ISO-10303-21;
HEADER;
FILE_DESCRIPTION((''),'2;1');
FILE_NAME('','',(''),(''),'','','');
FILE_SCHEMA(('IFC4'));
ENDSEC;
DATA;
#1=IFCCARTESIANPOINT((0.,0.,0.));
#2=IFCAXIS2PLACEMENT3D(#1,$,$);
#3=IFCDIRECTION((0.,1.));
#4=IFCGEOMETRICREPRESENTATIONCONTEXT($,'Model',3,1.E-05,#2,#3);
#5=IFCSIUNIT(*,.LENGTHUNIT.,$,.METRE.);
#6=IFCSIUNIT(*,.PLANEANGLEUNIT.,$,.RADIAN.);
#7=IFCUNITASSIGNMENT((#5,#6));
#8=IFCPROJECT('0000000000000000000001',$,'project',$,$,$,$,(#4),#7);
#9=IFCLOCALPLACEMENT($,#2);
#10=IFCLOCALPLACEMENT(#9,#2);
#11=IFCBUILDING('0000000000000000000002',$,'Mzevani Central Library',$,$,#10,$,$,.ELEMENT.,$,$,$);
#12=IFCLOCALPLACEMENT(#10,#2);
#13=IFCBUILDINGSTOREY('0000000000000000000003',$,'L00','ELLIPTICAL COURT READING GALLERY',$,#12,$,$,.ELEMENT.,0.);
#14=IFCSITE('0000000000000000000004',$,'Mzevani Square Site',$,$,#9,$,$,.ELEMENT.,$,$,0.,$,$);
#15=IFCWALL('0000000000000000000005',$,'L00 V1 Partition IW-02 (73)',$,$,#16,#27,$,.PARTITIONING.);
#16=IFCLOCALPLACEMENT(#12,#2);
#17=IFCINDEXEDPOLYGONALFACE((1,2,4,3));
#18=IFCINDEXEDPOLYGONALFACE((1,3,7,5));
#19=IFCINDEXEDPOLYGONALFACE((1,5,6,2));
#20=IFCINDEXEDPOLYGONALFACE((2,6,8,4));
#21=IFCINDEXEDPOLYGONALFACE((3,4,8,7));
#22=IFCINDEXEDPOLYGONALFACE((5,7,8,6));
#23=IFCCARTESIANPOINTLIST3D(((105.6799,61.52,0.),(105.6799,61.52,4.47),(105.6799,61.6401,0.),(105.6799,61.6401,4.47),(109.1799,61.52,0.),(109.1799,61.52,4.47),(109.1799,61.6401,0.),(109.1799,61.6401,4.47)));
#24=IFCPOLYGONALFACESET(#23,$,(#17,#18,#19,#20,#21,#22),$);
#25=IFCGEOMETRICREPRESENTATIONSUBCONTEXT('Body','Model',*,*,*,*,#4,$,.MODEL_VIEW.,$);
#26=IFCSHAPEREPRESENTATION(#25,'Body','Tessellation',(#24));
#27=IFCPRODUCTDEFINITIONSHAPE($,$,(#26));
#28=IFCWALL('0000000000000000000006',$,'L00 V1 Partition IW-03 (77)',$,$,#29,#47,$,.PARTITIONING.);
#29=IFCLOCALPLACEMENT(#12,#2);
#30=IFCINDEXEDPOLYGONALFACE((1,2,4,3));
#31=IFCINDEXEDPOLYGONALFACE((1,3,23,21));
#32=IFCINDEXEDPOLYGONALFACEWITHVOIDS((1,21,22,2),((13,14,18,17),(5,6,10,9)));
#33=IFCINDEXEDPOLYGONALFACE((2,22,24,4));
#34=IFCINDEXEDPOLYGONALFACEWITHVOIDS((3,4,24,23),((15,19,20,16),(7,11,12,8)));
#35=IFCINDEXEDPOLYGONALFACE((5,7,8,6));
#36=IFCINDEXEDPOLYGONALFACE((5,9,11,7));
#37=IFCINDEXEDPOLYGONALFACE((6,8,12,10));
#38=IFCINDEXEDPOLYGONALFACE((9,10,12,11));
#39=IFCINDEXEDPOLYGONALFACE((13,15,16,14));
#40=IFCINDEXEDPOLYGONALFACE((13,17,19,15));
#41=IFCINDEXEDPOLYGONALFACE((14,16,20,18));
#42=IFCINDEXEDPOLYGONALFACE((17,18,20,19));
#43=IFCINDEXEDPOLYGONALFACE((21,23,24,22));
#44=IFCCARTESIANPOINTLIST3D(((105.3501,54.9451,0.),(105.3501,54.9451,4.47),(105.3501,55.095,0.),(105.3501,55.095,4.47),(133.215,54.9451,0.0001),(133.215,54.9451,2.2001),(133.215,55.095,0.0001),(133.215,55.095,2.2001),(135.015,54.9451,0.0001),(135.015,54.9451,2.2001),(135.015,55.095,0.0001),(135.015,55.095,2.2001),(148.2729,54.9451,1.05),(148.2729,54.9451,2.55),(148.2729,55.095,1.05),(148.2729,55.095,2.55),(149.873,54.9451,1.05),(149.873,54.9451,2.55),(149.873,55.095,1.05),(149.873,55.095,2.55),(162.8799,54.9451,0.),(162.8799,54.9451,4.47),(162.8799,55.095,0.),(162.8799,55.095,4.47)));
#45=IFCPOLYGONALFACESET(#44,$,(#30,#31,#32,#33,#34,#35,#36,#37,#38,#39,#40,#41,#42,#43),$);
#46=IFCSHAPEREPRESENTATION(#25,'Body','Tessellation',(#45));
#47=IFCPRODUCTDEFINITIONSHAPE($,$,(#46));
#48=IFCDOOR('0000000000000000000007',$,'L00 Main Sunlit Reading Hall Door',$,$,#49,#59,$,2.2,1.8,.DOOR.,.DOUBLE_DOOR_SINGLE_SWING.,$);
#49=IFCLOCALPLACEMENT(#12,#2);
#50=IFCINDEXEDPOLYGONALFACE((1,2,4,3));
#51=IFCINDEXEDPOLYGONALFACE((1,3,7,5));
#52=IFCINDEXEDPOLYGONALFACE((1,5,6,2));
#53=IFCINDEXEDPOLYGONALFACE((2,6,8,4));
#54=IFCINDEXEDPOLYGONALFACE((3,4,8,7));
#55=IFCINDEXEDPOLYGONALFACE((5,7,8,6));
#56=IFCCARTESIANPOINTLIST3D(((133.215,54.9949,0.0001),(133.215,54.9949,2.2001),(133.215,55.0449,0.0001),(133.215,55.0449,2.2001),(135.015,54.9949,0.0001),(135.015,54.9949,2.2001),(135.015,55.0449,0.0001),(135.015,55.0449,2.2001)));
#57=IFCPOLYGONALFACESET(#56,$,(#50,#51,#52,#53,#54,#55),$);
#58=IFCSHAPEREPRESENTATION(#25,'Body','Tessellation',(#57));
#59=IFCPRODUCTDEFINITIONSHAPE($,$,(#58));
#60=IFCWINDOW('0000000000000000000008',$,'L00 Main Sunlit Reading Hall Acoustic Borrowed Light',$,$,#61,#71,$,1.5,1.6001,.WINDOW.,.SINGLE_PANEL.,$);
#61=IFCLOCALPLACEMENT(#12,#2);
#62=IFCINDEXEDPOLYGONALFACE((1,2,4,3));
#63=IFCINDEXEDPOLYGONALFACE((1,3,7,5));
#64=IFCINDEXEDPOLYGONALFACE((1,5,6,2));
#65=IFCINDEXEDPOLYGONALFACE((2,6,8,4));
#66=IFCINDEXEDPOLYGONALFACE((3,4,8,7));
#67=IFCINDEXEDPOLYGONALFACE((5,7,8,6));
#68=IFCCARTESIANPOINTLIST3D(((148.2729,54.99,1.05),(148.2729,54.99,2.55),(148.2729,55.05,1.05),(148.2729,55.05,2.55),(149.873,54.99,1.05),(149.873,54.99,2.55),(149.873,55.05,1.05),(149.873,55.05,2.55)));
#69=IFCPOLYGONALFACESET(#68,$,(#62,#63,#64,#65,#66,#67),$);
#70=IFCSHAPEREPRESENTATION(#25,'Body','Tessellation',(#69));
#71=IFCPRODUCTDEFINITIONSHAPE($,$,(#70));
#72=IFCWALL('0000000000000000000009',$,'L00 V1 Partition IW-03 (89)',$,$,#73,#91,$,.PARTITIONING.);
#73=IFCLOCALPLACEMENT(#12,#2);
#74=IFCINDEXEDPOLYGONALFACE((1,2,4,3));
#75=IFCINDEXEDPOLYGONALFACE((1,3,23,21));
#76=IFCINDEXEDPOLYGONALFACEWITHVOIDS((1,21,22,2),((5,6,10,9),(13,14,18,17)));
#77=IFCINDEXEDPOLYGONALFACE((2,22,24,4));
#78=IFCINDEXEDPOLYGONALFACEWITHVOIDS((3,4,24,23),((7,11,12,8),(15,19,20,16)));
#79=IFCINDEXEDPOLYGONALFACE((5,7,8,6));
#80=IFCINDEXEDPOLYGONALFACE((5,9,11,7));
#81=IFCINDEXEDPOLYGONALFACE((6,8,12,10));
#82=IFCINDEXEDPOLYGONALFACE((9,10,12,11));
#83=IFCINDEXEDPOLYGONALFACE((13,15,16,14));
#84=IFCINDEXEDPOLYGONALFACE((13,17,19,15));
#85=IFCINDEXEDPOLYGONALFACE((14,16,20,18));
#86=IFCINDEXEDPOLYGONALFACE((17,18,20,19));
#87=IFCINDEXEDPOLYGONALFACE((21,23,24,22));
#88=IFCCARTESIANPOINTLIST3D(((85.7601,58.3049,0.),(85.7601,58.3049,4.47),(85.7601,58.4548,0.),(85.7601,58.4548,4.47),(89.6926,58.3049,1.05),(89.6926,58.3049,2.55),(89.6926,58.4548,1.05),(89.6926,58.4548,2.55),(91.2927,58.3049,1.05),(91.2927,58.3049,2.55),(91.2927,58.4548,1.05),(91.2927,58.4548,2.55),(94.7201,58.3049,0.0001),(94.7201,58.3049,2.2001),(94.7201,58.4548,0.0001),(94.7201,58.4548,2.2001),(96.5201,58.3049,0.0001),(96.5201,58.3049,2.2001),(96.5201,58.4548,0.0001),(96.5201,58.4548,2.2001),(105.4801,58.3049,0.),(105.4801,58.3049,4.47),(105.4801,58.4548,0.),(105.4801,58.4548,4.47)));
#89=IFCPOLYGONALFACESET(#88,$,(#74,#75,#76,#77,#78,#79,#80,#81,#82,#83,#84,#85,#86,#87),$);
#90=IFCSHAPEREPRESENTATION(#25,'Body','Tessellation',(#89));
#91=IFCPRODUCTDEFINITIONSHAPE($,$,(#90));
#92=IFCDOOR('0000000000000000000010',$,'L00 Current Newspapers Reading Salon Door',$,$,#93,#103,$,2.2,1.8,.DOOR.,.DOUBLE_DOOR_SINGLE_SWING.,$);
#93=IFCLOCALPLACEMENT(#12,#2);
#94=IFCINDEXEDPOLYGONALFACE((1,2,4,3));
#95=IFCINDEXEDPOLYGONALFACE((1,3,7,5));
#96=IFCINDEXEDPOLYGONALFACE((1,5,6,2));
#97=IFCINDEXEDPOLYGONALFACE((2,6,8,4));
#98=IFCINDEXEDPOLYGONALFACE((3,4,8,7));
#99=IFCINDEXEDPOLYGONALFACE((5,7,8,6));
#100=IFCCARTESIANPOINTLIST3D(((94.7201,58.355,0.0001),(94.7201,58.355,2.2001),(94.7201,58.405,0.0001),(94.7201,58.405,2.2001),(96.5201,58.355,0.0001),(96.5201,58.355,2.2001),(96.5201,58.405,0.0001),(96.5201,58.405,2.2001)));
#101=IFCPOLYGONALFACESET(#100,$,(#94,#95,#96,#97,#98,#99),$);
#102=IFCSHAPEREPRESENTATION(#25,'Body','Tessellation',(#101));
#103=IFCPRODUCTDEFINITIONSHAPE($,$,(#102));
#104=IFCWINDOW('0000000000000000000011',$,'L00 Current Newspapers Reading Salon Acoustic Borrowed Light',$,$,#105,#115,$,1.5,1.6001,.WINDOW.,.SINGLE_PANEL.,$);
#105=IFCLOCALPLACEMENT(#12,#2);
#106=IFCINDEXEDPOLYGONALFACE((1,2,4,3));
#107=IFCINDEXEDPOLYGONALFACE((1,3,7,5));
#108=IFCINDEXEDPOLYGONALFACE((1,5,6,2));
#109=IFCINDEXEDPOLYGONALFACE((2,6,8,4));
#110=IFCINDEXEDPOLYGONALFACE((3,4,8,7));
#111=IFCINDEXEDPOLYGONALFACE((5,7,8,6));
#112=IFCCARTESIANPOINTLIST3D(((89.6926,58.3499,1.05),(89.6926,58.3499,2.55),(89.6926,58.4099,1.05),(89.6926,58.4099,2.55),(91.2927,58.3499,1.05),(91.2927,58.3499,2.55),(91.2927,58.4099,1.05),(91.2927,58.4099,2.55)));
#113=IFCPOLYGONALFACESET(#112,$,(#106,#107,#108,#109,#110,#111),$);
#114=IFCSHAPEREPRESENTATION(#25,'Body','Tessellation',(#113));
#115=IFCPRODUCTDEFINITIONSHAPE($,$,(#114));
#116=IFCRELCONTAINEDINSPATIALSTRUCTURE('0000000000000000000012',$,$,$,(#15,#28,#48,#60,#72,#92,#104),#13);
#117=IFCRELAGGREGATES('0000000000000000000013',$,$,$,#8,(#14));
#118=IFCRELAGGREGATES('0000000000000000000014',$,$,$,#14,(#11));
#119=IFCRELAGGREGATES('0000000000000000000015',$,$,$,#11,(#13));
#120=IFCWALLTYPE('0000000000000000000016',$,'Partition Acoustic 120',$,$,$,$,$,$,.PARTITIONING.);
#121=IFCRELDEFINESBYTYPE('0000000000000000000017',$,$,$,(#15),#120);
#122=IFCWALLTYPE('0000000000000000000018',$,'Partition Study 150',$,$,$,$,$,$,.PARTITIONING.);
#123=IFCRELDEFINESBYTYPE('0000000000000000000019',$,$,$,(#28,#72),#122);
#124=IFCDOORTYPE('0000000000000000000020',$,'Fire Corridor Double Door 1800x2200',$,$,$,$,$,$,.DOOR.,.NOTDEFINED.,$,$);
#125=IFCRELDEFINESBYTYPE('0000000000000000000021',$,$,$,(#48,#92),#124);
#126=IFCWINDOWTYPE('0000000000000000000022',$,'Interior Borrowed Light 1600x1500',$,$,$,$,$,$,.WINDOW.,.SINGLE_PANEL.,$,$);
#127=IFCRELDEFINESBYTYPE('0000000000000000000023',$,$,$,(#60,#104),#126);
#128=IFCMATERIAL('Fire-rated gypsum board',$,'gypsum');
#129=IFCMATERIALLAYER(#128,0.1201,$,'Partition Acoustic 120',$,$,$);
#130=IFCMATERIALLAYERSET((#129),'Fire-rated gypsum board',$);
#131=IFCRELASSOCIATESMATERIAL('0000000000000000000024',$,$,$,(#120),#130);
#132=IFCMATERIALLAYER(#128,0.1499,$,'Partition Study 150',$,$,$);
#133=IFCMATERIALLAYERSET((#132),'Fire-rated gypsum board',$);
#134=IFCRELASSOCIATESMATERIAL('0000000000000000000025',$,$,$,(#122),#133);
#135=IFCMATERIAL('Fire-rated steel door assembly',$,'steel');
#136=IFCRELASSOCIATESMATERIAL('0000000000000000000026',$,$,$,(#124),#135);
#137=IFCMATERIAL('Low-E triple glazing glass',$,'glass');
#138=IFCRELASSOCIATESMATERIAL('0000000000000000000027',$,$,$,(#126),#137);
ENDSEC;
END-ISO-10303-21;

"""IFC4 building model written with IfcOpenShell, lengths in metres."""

from ifc_helpers import new_model, si_unit, direction, frame, frame_2d, origin, place, context, subcontext, project, spatial, rectangle, extrude, material, layer, layer_set, type_object, element, fill, save


model = new_model("IFC4")

# Units and contexts
model_context = context("Model", 3, precision=1e-05, world=origin(), true_north=direction((0.0, 1.0)))
body_context = subcontext(model_context, "Body", "Model", "MODEL_VIEW")
ifc_project = project(units=[si_unit("LENGTHUNIT", "METRE"), si_unit("PLANEANGLEUNIT", "RADIAN")], contexts=[model_context])

# Site, building, storey
site_placement = place(None, origin())
site = spatial("IfcSite", under=ifc_project, at=site_placement, Name="Mzevani Square Site", CompositionType="ELEMENT", RefElevation=0.0)
building_placement = place(site_placement, origin())
building = spatial("IfcBuilding", under=site, at=building_placement, Name="Mzevani Central Library", CompositionType="ELEMENT")
storey_placement = place(building_placement, origin())
storey = spatial("IfcBuildingStorey", under=building, at=storey_placement, Name="L00", Description="ELLIPTICAL COURT READING GALLERY", CompositionType="ELEMENT", Elevation=0.0)

# Shared definitions
ifc_material_1 = material(Name="Low-E triple glazing glass", Category="glass")

# Wall
ifc_material_2 = material(Name="Fire-rated gypsum board", Category="gypsum")
ifc_layer_1 = layer(ifc_material_2, 0.1201, Name="Partition Acoustic 120")
ifc_layer_set_1 = layer_set([ifc_layer_1], Name="Fire-rated gypsum board")
wall_type_1 = type_object("IfcWallType", Name="Partition Acoustic 120", PredefinedType="PARTITIONING", material=ifc_layer_set_1)
wall_1_placement = place(storey_placement, frame((105.6799, 61.5801, 0.0), z_axis=(0.0, 0.0, 1.0), x_axis=(1.0, 0.0, 0.0)))
element("IfcWall", 1, at=wall_1_placement, inside=storey, type_object=wall_type_1, Name="L00 V1 Partition IW-02 (73)", PredefinedType="PARTITIONING", context=body_context, shape_type="SweptSolid", body=[
    extrude(rectangle(XDim=3.5, YDim=0.1201, at=frame_2d((1.75, 0.0))), origin(), (0.0, 0.0, 1.0), 4.47),
])

# Walls, openings, doors, windows
ifc_layer_2 = layer(ifc_material_2, 0.1499, Name="Partition Study 150")
ifc_layer_set_2 = layer_set([ifc_layer_2], Name="Fire-rated gypsum board")
wall_type_2 = type_object("IfcWallType", Name="Partition Study 150", PredefinedType="PARTITIONING", material=ifc_layer_set_2)
wall_2_placement = place(storey_placement, frame((105.3501, 55.02, 0.0), z_axis=(0.0, 0.0, 1.0), x_axis=(1.0, 0.0, 0.0)))
wall_2 = element("IfcWall", 2, at=wall_2_placement, inside=storey, type_object=wall_type_2, Name="L00 V1 Partition IW-03 (77)", PredefinedType="PARTITIONING", context=body_context, shape_type="SweptSolid", body=[
    extrude(rectangle(XDim=57.5298, YDim=0.1499, at=frame_2d((28.7649, 0.0))), origin(), (0.0, 0.0, 1.0), 4.47),
])
opening_1_placement = place(wall_2_placement, frame((27.865, 0.0, 0.0)))
opening_1 = element("IfcOpeningElement", 3, at=opening_1_placement, cuts=wall_2, PredefinedType="OPENING", context=body_context, shape_type="SweptSolid", body=[
    extrude(rectangle(XDim=1.8, YDim=2.2, at=frame_2d((0.8999, 1.1001))), frame((0.0, 0.085, 0.0), z_axis=(0.0, -1.0, 0.0), x_axis=(1.0, 0.0, 0.0)), (0.0, 0.0, 1.0), 0.1699),
])
opening_2_placement = place(wall_2_placement, frame((42.9229, 0.0, 1.05)))
opening_2 = element("IfcOpeningElement", 4, at=opening_2_placement, cuts=wall_2, PredefinedType="OPENING", context=body_context, shape_type="SweptSolid", body=[
    extrude(rectangle(XDim=1.6001, YDim=1.5, at=frame_2d((0.8, 0.75))), frame((0.0, 0.085, 0.0), z_axis=(0.0, -1.0, 0.0), x_axis=(1.0, 0.0, 0.0)), (0.0, 0.0, 1.0), 0.1699),
])
ifc_material_3 = material(Name="Fire-rated steel door assembly", Category="steel")
door_type = type_object("IfcDoorType", Name="Fire Corridor Double Door 1800x2200", OperationType="NOTDEFINED", PredefinedType="DOOR", material=ifc_material_3)
door_1_placement = place(opening_1_placement, origin())
door_1 = element("IfcDoor", 5, at=door_1_placement, inside=storey, type_object=door_type, Name="L00 Main Sunlit Reading Hall Door", OperationType="DOUBLE_DOOR_SINGLE_SWING", OverallHeight=2.2, OverallWidth=1.8, PredefinedType="DOOR", context=body_context, shape_type="SweptSolid", body=[
    extrude(rectangle(XDim=1.8, YDim=2.2, at=frame_2d((0.8999, 1.1001))), frame((0.0, 0.0249, 0.0), z_axis=(0.0, -1.0, 0.0), x_axis=(1.0, 0.0, 0.0)), (0.0, 0.0, 1.0), 0.05),
])
fill(opening_1, door_1)
window_type = type_object("IfcWindowType", Name="Interior Borrowed Light 1600x1500", PartitioningType="SINGLE_PANEL", PredefinedType="WINDOW", material=ifc_material_1)
window_1_placement = place(opening_2_placement, origin())
window_1 = element("IfcWindow", 6, at=window_1_placement, inside=storey, type_object=window_type, Name="L00 Main Sunlit Reading Hall Acoustic Borrowed Light", OverallHeight=1.5, OverallWidth=1.6001, PartitioningType="SINGLE_PANEL", PredefinedType="WINDOW", context=body_context, shape_type="SweptSolid", body=[
    extrude(rectangle(XDim=1.6001, YDim=1.5, at=frame_2d((0.8, 0.75))), frame((0.0, 0.03, 0.0), z_axis=(0.0, -1.0, 0.0), x_axis=(1.0, 0.0, 0.0)), (0.0, 0.0, 1.0), 0.0601),
])
fill(opening_2, window_1)
wall_3_placement = place(storey_placement, frame((105.48, 58.3799, 0.0), z_axis=(0.0, 0.0, 1.0), x_axis=(-1.0, 0.0, 0.0)))
wall_3 = element("IfcWall", 7, at=wall_3_placement, inside=storey, type_object=wall_type_2, Name="L00 V1 Partition IW-03 (89)", PredefinedType="PARTITIONING", context=body_context, shape_type="SweptSolid", body=[
    extrude(rectangle(XDim=19.72, YDim=0.1499, at=frame_2d((9.8599, 0.0))), origin(), (0.0, 0.0, 1.0), 4.47),
])
opening_3_placement = place(wall_3_placement, frame((8.96, 0.0, 0.0)))
opening_3 = element("IfcOpeningElement", 8, at=opening_3_placement, cuts=wall_3, PredefinedType="OPENING", context=body_context, shape_type="SweptSolid", body=[
    extrude(rectangle(XDim=1.8, YDim=2.2, at=frame_2d((0.8999, 1.1001))), frame((0.0, 0.085, 0.0), z_axis=(0.0, -1.0, 0.0), x_axis=(1.0, 0.0, 0.0)), (0.0, 0.0, 1.0), 0.1699),
])
opening_4_placement = place(wall_3_placement, frame((14.1873, 0.0, 1.05)))
opening_4 = element("IfcOpeningElement", 9, at=opening_4_placement, cuts=wall_3, PredefinedType="OPENING", context=body_context, shape_type="SweptSolid", body=[
    extrude(rectangle(XDim=1.6001, YDim=1.5, at=frame_2d((0.8, 0.75))), frame((0.0, 0.085, 0.0), z_axis=(0.0, -1.0, 0.0), x_axis=(1.0, 0.0, 0.0)), (0.0, 0.0, 1.0), 0.1699),
])
door_2_placement = place(opening_3_placement, origin())
door_2 = element("IfcDoor", 10, at=door_2_placement, inside=storey, type_object=door_type, Name="L00 Current Newspapers Reading Salon Door", OperationType="DOUBLE_DOOR_SINGLE_SWING", OverallHeight=2.2, OverallWidth=1.8, PredefinedType="DOOR", context=body_context, shape_type="SweptSolid", body=[
    extrude(rectangle(XDim=1.8, YDim=2.2, at=frame_2d((0.8999, 1.1001))), frame((0.0, 0.0249, 0.0), z_axis=(0.0, -1.0, 0.0), x_axis=(1.0, 0.0, 0.0)), (0.0, 0.0, 1.0), 0.05),
])
fill(opening_3, door_2)
window_2_placement = place(opening_4_placement, origin())
window_2 = element("IfcWindow", 11, at=window_2_placement, inside=storey, type_object=window_type, Name="L00 Current Newspapers Reading Salon Acoustic Borrowed Light", OverallHeight=1.5, OverallWidth=1.6001, PartitioningType="SINGLE_PANEL", PredefinedType="WINDOW", context=body_context, shape_type="SweptSolid", body=[
    extrude(rectangle(XDim=1.6001, YDim=1.5, at=frame_2d((0.8, 0.75))), frame((0.0, 0.03, 0.0), z_axis=(0.0, -1.0, 0.0), x_axis=(1.0, 0.0, 0.0)), (0.0, 0.0, 1.0), 0.0601),
])
fill(opening_4, window_2)

save(model, "model.ifc")
